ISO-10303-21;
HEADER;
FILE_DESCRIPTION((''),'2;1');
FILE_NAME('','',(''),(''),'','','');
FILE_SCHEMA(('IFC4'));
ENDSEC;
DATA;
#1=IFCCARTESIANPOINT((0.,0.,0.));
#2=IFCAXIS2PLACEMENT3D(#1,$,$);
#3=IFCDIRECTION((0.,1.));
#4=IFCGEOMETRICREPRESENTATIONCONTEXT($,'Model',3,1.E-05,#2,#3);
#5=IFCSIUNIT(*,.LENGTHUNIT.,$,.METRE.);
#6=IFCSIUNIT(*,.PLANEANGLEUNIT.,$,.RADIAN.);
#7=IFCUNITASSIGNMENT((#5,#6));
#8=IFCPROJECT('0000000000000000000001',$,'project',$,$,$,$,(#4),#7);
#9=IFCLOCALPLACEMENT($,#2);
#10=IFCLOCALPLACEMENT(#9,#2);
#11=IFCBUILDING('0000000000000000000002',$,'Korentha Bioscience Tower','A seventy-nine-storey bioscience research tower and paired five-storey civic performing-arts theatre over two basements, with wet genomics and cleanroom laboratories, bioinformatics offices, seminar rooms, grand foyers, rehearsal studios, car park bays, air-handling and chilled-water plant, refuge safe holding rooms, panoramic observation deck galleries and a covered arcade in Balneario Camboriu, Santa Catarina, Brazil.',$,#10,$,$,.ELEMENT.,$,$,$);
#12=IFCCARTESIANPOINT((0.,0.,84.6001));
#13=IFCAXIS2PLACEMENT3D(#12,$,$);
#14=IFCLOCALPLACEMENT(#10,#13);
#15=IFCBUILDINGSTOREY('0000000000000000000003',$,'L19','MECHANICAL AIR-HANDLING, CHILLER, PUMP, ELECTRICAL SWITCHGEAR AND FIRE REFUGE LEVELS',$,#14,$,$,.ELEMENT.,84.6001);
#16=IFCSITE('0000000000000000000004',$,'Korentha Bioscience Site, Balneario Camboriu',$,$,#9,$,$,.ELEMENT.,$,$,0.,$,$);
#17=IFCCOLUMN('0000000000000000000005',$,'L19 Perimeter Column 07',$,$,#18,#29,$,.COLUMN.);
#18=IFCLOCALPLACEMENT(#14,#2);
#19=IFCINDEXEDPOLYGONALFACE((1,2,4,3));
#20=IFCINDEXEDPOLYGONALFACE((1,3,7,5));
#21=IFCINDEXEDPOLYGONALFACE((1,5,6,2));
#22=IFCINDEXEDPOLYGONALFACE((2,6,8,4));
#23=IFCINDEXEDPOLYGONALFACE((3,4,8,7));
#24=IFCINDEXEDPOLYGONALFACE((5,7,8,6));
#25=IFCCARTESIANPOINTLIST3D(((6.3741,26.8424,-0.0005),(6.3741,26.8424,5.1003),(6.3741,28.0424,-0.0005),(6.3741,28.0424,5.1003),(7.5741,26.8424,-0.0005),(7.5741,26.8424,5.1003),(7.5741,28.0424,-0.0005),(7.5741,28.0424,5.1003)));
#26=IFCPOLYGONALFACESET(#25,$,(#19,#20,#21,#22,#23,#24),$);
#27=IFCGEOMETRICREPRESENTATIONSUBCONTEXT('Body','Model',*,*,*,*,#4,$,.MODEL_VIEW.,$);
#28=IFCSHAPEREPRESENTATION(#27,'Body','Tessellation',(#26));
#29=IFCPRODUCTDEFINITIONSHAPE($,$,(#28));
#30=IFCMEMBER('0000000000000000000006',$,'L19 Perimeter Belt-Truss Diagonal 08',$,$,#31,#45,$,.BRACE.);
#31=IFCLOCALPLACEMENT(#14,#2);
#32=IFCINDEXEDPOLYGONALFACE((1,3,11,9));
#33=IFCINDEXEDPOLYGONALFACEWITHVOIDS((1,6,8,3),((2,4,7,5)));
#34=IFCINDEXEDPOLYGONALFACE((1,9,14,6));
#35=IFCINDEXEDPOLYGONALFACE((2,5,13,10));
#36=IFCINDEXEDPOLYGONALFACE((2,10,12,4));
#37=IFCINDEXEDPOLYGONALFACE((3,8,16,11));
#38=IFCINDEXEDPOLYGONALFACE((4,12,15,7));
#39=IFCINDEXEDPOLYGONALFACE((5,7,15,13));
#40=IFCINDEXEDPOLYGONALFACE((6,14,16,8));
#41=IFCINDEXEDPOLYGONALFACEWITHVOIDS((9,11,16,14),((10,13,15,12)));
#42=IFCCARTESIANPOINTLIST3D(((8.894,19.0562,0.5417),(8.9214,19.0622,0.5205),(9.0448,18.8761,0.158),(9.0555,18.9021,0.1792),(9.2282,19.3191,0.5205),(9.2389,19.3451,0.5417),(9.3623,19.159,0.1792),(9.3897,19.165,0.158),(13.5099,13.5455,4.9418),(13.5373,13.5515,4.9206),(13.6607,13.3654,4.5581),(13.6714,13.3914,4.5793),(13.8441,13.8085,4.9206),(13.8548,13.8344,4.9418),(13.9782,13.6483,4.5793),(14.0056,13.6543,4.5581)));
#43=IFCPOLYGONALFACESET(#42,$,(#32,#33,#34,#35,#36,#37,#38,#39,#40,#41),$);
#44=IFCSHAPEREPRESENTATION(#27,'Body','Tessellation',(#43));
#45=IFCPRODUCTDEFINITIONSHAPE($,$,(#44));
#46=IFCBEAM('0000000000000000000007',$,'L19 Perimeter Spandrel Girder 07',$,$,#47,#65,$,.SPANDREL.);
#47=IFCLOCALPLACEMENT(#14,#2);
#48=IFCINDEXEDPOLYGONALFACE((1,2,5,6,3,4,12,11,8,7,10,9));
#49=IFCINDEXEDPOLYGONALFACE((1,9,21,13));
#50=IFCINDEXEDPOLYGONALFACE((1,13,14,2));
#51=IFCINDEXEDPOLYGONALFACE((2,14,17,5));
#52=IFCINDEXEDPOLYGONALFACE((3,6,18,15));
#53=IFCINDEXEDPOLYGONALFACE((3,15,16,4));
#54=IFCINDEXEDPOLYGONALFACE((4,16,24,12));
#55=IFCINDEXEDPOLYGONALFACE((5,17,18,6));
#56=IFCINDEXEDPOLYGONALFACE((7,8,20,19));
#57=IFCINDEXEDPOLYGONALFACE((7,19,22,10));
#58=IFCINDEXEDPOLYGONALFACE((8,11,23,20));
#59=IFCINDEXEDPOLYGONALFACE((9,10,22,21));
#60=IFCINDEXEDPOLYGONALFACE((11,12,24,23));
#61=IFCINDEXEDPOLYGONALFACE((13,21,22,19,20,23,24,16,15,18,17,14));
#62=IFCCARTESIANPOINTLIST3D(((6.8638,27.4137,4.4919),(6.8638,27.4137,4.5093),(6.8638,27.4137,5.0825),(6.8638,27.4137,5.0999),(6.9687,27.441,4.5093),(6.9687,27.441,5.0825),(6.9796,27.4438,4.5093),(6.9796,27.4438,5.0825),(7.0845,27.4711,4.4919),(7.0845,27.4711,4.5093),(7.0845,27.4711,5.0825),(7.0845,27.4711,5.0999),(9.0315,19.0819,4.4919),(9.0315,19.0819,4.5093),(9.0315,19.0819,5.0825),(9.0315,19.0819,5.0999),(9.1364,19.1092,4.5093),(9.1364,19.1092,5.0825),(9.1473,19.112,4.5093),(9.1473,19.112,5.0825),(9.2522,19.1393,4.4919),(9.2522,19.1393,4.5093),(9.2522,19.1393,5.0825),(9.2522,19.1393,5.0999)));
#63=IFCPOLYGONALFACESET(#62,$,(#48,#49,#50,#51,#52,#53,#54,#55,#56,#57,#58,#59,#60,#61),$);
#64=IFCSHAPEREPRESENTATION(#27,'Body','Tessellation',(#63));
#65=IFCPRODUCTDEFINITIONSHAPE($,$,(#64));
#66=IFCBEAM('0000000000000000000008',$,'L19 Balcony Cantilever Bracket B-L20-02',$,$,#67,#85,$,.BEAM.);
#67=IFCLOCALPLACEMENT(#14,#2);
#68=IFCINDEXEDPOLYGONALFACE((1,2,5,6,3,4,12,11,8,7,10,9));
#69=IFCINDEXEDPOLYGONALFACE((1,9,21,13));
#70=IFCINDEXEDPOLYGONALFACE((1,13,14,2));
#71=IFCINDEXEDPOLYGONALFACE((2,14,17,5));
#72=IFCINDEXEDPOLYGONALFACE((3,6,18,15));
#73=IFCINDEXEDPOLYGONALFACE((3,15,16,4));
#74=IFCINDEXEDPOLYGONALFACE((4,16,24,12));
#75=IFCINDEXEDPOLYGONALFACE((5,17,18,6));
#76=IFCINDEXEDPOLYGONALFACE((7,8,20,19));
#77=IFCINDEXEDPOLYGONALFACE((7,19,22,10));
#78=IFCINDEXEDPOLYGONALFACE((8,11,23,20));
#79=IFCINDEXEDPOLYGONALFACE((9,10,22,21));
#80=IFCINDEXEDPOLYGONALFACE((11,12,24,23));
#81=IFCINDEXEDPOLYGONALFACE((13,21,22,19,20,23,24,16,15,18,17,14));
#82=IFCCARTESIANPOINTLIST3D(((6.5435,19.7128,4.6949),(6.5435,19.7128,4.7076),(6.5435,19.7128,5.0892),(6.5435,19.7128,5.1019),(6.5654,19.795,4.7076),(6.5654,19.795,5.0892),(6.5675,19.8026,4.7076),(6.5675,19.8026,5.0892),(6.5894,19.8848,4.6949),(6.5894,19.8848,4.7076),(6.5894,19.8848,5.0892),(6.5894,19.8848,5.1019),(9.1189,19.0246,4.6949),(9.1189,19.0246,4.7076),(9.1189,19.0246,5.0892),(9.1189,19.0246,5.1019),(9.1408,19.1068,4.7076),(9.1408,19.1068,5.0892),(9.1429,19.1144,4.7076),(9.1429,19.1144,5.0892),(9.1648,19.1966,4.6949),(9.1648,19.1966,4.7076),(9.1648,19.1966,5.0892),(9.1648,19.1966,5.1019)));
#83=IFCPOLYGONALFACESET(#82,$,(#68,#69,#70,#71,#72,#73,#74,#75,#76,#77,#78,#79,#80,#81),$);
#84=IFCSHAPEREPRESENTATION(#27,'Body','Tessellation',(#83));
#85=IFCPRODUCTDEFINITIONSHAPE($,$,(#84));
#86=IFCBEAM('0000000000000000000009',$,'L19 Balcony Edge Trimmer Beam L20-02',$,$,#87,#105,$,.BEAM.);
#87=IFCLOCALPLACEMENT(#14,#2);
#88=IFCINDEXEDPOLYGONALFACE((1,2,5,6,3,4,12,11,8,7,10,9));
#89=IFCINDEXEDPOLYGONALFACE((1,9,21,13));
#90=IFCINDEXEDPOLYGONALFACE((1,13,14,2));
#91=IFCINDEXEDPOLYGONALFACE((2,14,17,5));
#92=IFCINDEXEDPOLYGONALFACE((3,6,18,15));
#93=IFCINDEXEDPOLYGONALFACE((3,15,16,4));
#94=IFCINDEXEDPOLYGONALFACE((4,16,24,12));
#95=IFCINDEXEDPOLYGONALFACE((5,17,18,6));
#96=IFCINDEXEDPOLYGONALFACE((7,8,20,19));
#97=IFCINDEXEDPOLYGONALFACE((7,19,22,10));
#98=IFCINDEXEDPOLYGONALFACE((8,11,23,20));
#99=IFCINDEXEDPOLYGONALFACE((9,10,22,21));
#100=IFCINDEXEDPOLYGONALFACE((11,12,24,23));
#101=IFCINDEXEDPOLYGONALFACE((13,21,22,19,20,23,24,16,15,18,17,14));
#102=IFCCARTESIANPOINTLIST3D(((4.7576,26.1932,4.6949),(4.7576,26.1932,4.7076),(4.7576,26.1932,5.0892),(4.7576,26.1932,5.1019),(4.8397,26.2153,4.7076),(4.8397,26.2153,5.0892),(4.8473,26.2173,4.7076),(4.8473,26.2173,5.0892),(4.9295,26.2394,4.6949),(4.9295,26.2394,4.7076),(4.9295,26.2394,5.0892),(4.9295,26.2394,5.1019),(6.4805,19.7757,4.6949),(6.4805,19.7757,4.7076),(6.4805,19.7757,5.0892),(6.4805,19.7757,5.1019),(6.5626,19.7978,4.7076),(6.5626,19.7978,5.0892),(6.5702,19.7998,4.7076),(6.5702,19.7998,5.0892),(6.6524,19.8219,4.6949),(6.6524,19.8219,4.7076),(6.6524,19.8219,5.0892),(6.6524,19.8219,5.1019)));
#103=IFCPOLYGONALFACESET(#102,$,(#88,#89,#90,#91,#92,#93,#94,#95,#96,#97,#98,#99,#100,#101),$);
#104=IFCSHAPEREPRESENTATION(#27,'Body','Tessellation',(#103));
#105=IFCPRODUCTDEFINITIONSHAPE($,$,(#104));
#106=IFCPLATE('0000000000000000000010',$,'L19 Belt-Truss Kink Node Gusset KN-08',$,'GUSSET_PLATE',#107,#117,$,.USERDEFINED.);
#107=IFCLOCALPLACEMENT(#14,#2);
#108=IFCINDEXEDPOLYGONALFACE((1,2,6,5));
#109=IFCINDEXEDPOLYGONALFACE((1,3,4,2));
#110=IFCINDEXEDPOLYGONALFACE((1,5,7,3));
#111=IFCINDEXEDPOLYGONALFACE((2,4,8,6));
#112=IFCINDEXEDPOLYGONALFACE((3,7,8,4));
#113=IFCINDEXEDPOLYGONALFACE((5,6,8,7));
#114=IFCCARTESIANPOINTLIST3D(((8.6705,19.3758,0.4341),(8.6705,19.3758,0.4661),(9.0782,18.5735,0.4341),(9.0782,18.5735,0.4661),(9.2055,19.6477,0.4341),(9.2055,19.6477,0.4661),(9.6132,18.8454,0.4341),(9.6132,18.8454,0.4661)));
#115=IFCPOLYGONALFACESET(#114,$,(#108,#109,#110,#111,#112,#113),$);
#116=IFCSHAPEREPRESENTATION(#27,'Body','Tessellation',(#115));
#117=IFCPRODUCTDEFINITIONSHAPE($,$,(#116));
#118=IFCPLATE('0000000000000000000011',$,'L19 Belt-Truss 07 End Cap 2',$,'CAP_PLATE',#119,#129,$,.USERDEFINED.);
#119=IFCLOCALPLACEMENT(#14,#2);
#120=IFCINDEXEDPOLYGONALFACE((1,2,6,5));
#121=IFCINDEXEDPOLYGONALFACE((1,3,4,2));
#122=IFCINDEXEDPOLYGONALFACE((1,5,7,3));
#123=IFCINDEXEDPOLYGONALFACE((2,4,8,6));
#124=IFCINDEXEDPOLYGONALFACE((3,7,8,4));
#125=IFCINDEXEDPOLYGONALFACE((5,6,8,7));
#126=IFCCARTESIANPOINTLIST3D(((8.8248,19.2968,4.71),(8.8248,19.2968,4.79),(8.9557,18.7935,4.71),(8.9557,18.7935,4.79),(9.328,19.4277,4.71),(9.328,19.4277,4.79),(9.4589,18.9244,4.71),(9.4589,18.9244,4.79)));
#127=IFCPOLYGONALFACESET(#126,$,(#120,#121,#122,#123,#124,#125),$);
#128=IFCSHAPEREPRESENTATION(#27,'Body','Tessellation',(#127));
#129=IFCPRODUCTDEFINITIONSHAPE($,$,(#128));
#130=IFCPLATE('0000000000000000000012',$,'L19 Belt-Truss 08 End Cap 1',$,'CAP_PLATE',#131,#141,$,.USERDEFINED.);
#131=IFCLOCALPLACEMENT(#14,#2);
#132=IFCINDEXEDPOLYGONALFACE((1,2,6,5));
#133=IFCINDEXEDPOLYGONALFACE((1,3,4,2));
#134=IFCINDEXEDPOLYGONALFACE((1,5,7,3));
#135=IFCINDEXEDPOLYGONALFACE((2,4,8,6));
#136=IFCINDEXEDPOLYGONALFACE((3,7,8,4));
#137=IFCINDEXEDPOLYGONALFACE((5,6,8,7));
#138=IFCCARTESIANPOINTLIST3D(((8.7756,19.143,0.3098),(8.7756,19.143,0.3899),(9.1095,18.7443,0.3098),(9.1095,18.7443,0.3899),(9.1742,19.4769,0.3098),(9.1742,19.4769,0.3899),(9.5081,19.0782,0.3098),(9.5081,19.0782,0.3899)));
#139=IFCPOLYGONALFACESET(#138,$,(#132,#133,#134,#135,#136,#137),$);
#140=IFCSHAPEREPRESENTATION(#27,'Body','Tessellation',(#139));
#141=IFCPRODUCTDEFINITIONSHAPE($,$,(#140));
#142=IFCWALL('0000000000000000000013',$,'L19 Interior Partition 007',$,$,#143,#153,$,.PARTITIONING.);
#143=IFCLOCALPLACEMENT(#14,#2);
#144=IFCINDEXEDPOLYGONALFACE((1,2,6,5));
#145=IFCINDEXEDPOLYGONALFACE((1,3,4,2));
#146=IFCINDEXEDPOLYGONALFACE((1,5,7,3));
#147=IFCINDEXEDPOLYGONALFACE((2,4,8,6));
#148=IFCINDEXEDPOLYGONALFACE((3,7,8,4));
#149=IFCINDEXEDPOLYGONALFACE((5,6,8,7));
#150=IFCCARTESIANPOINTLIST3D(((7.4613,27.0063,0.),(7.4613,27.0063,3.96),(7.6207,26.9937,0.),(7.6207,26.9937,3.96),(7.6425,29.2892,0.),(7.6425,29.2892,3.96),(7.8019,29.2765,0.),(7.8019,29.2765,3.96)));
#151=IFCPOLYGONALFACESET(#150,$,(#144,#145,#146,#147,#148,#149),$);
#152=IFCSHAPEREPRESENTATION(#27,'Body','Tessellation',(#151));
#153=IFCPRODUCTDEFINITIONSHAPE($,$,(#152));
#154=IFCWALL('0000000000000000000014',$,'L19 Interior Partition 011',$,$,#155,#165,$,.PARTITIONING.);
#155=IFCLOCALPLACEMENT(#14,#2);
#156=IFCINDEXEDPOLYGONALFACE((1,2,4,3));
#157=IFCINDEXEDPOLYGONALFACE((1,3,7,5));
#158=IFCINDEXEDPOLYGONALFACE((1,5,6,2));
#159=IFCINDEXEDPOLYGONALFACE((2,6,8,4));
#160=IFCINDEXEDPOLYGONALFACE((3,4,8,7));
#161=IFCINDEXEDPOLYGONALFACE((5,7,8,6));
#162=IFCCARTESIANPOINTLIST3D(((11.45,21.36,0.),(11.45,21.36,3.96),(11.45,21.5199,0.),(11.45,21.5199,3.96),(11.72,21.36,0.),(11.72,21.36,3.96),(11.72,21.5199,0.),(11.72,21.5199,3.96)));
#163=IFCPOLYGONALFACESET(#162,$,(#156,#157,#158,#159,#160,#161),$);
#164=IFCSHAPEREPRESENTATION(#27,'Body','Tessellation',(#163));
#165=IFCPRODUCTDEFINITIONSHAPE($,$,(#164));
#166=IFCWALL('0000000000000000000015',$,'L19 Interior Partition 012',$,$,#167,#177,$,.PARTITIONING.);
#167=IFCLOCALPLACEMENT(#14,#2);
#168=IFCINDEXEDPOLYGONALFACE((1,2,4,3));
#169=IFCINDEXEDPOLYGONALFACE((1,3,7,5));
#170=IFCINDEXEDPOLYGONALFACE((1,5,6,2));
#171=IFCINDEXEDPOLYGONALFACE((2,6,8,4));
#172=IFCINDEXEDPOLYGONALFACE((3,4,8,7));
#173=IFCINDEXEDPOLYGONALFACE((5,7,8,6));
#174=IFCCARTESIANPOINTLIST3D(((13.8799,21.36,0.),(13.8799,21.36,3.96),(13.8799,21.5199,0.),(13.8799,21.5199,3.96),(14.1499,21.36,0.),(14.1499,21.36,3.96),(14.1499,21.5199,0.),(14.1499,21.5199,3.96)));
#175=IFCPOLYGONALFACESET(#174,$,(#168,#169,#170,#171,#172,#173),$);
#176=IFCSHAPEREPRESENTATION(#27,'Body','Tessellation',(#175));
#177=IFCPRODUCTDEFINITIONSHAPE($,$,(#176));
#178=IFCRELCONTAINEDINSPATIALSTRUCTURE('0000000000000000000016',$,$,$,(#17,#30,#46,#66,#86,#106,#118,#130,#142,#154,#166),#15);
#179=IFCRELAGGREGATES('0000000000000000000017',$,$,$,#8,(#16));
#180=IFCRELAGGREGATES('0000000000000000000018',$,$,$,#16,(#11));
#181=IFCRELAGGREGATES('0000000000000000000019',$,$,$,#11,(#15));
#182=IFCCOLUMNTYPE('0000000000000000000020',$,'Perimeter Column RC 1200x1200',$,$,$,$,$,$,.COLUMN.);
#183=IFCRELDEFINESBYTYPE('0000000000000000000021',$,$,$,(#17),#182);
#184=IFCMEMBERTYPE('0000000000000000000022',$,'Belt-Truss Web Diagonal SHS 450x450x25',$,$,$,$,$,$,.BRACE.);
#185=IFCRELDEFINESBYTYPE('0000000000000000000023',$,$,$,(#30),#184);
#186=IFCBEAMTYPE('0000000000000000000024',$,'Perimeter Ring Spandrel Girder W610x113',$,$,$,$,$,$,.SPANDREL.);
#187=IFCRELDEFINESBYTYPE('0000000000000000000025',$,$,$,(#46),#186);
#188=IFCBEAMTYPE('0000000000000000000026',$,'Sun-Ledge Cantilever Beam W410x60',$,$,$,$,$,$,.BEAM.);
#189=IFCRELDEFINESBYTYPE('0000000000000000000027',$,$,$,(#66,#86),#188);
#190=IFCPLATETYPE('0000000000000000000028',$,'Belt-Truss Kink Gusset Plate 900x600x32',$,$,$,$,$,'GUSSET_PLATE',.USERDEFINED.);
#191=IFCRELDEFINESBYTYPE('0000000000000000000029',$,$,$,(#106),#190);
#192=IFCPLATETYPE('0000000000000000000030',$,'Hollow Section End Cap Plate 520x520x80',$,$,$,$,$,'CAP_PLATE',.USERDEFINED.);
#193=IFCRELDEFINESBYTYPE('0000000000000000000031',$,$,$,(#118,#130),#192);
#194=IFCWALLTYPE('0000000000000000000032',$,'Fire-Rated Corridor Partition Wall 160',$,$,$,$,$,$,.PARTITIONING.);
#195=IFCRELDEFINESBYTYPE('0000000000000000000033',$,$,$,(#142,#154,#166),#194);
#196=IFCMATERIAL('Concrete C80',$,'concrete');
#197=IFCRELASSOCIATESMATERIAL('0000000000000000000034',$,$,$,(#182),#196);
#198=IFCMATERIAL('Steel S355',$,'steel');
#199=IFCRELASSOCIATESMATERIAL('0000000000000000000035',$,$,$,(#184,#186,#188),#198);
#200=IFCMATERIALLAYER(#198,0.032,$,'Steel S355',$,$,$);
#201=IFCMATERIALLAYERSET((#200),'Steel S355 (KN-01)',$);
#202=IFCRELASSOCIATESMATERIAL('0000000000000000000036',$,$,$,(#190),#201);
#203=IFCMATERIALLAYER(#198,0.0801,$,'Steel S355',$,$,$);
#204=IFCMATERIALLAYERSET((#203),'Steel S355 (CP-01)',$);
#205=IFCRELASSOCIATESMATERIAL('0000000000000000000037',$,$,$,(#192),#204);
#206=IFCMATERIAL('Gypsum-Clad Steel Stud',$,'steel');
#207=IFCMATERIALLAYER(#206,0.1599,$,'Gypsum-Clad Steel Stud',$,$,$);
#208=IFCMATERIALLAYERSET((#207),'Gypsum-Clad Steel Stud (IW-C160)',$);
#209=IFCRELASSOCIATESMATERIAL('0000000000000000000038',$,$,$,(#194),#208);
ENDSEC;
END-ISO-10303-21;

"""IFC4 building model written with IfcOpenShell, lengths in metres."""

from ifc_helpers import new_model, si_unit, direction, frame, frame_2d, origin, origin_2d, place, context, subcontext, project, spatial, rectangle, hollow_rectangle, i_section, extrude, material, layer, layer_set, material_profile, profile_set, type_object, element, save


model = new_model("IFC4")

# Units and contexts
model_context = context("Model", 3, precision=1e-05, world=origin(), true_north=direction((0.0, 1.0)))
body_context = subcontext(model_context, "Body", "Model", "MODEL_VIEW")
ifc_project = project(units=[si_unit("LENGTHUNIT", "METRE"), si_unit("PLANEANGLEUNIT", "RADIAN")], contexts=[model_context])

# Site, building, storey
site_placement = place(None, origin())
site = spatial("IfcSite", under=ifc_project, at=site_placement, Name="Korentha Bioscience Site, Balneario Camboriu", CompositionType="ELEMENT", RefElevation=0.0)
building_placement = place(site_placement, origin())
building = spatial("IfcBuilding", under=site, at=building_placement, Name="Korentha Bioscience Tower", Description="A seventy-nine-storey bioscience research tower and paired five-storey civic performing-arts theatre over two basements, with wet genomics and cleanroom laboratories, bioinformatics offices, seminar rooms, grand foyers, rehearsal studios, car park bays, air-handling and chilled-water plant, refuge safe holding rooms, panoramic observation deck galleries and a covered arcade in Balneario Camboriu, Santa Catarina, Brazil.", CompositionType="ELEMENT")
storey_placement = place(building_placement, frame((0.0, 0.0, 84.6001)))
storey = spatial("IfcBuildingStorey", under=building, at=storey_placement, Name="L19", Description="MECHANICAL AIR-HANDLING, CHILLER, PUMP, ELECTRICAL SWITCHGEAR AND FIRE REFUGE LEVELS", CompositionType="ELEMENT", Elevation=84.6001)

# Column
ifc_material_1 = material(Name="Concrete C80", Category="concrete")
ifc_material_profile_1 = material_profile(ifc_material_1, rectangle(XDim=1.2, YDim=1.2, at=origin_2d()), Name="Concrete C80")
ifc_profile_set_1 = profile_set([ifc_material_profile_1], Name="Concrete C80 (COL-P12)")
column_type = type_object("IfcColumnType", Name="Perimeter Column RC 1200x1200", PredefinedType="COLUMN", material=ifc_profile_set_1)
column_placement = place(storey_placement, frame((6.9741, 27.4424, -0.0005), z_axis=(0.0, 0.0, 1.0), x_axis=(0.0, 1.0, 0.0)))
element("IfcColumn", 1, at=column_placement, inside=storey, type_object=column_type, Name="L19 Perimeter Column 07", PredefinedType="COLUMN", context=body_context, shape_type="SweptSolid", body=[
    extrude(rectangle(XDim=1.2, YDim=1.2, at=origin_2d()), origin(), (0.0, 0.0, 1.0), 5.1008),
])

# Member
ifc_material_2 = material(Name="Steel S355", Category="steel")
ifc_material_profile_2 = material_profile(ifc_material_2, hollow_rectangle(XDim=0.45, YDim=0.45, WallThickness=0.0249, at=origin_2d()), Name="Steel S355")
ifc_profile_set_2 = profile_set([ifc_material_profile_2], Name="Steel S355 (BT-D450)")
member_type = type_object("IfcMemberType", Name="Belt-Truss Web Diagonal SHS 450x450x25", PredefinedType="BRACE", material=ifc_profile_set_2)
member_placement = place(storey_placement, frame((9.1418, 19.1106, 0.3499), z_axis=(0.547673, -0.653836, 0.522066), x_axis=(0.766599, 0.642127, 0.0)))
element("IfcMember", 2, at=member_placement, inside=storey, type_object=member_type, Name="L19 Perimeter Belt-Truss Diagonal 08", PredefinedType="BRACE", context=body_context, shape_type="SweptSolid", body=[
    extrude(hollow_rectangle(XDim=0.45, YDim=0.45, WallThickness=0.0249, at=origin_2d()), origin(), (0.0, 0.0, 1.0), 8.4282),
])

# Beams
ifc_material_profile_3 = material_profile(ifc_material_2, i_section(OverallWidth=0.228, OverallDepth=0.6079, WebThickness=0.0112, FlangeThickness=0.0173, at=origin_2d()), Name="Steel S355")
ifc_profile_set_3 = profile_set([ifc_material_profile_3], Name="Steel S355 (SB-610)")
beam_type_1 = type_object("IfcBeamType", Name="Perimeter Ring Spandrel Girder W610x113", PredefinedType="SPANDREL", material=ifc_profile_set_3)
beam_1_placement = place(storey_placement, frame((6.9741, 27.4424, 4.7959), z_axis=(0.251793, -0.967781, 0.0), x_axis=(0.967781, 0.251793, 0.0)))
element("IfcBeam", 3, at=beam_1_placement, inside=storey, type_object=beam_type_1, Name="L19 Perimeter Spandrel Girder 07", PredefinedType="SPANDREL", context=body_context, shape_type="SweptSolid", body=[
    extrude(i_section(OverallWidth=0.228, OverallDepth=0.6079, WebThickness=0.0112, FlangeThickness=0.0173, at=origin_2d()), origin(), (0.0, 0.0, 1.0), 8.6091),
])
ifc_material_profile_4 = material_profile(ifc_material_2, i_section(OverallWidth=0.178, OverallDepth=0.407, WebThickness=0.0078, FlangeThickness=0.0127, at=origin_2d()), Name="Steel S355")
ifc_profile_set_4 = profile_set([ifc_material_profile_4], Name="Steel S355 (CB-410)")
beam_type_2 = type_object("IfcBeamType", Name="Sun-Ledge Cantilever Beam W410x60", PredefinedType="BEAM", material=ifc_profile_set_4)
beam_2_placement = place(storey_placement, frame((9.1418, 19.1106, 4.8984), z_axis=(-0.9661, 0.25817, 0.0), x_axis=(-0.25817, -0.9661, 0.0)))
element("IfcBeam", 4, at=beam_2_placement, inside=storey, type_object=beam_type_2, Name="L19 Balcony Cantilever Bracket B-L20-02", PredefinedType="BEAM", context=body_context, shape_type="SweptSolid", body=[
    extrude(i_section(OverallWidth=0.178, OverallDepth=0.407, WebThickness=0.0078, FlangeThickness=0.0127, at=origin_2d()), origin(), (0.0, 0.0, 1.0), 2.6658),
])
beam_3_placement = place(storey_placement, frame((4.8435, 26.2163, 4.8984), z_axis=(0.259288, -0.9658, 0.0), x_axis=(0.9658, 0.259288, 0.0)))
element("IfcBeam", 5, at=beam_3_placement, inside=storey, type_object=beam_type_2, Name="L19 Balcony Edge Trimmer Beam L20-02", PredefinedType="BEAM", context=body_context, shape_type="SweptSolid", body=[
    extrude(i_section(OverallWidth=0.178, OverallDepth=0.407, WebThickness=0.0078, FlangeThickness=0.0127, at=origin_2d()), origin(), (0.0, 0.0, 1.0), 6.6448),
])

# Plates
ifc_layer_1 = layer(ifc_material_2, 0.032, Name="Steel S355")
ifc_layer_set_1 = layer_set([ifc_layer_1], Name="Steel S355 (KN-01)")
plate_type_1 = type_object("IfcPlateType", Name="Belt-Truss Kink Gusset Plate 900x600x32", ElementType="GUSSET_PLATE", PredefinedType="USERDEFINED", material=ifc_layer_set_1)
plate_placement = place(storey_placement, frame((9.1418, 19.1106, 0.4341), z_axis=(0.0, 0.0, 1.0), x_axis=(-0.453057, 0.891481, 0.0)))
element("IfcPlate", 6, at=plate_placement, inside=storey, type_object=plate_type_1, Name="L19 Belt-Truss Kink Node Gusset KN-08", ObjectType="GUSSET_PLATE", PredefinedType="USERDEFINED", context=body_context, shape_type="SweptSolid", body=[
    extrude(rectangle(XDim=0.8999, YDim=0.6001, at=origin_2d()), origin(), (0.0, 0.0, 1.0), 0.032),
])
ifc_layer_2 = layer(ifc_material_2, 0.0801, Name="Steel S355")
ifc_layer_set_2 = layer_set([ifc_layer_2], Name="Steel S355 (CP-01)")
plate_type_2 = type_object("IfcPlateType", Name="Hollow Section End Cap Plate 520x520x80", ElementType="CAP_PLATE", PredefinedType="USERDEFINED", material=ifc_layer_set_2)
for number, where, z_axis, x_axis, name in (
    (7, (9.1418, 19.1106, 4.71), (0.0, 0.0, 1.0), (-0.251732, 0.967797, 0.0), "L19 Belt-Truss 07 End Cap 2"),
    (8, (9.1418, 19.1106, 0.3098), (0.0, 0.0, 1.0), (-0.642119, 0.766605, 0.0), "L19 Belt-Truss 08 End Cap 1"),
):
    element("IfcPlate", number, at=place(storey_placement, frame(where, z_axis=z_axis, x_axis=x_axis)), inside=storey, type_object=plate_type_2, Name=name, ObjectType="CAP_PLATE", PredefinedType="USERDEFINED", context=body_context, shape_type="SweptSolid", body=[
        extrude(rectangle(XDim=0.52, YDim=0.52, at=origin_2d()), origin(), (0.0, 0.0, 1.0), 0.0801),
    ])

# Walls
ifc_material_3 = material(Name="Gypsum-Clad Steel Stud", Category="steel")
ifc_layer_3 = layer(ifc_material_3, 0.1599, Name="Gypsum-Clad Steel Stud")
ifc_layer_set_3 = layer_set([ifc_layer_3], Name="Gypsum-Clad Steel Stud (IW-C160)")
wall_type_1 = type_object("IfcWallType", Name="Fire-Rated Corridor Partition Wall 160", PredefinedType="PARTITIONING", material=ifc_layer_set_3)
wall_1_placement = place(storey_placement, frame((7.541, 27.0, 0.0), z_axis=(0.0, 0.0, 1.0), x_axis=(0.079101, 0.996867, 0.0)))
element("IfcWall", 9, at=wall_1_placement, inside=storey, type_object=wall_type_1, Name="L19 Interior Partition 007", PredefinedType="PARTITIONING", context=body_context, shape_type="SweptSolid", body=[
    extrude(rectangle(XDim=2.29, YDim=0.1599, at=frame_2d((1.145, 0.0))), origin(), (0.0, 0.0, 1.0), 3.96),
])
for number, where, z_axis, x_axis, name in (
    (10, (11.45, 21.4399, 0.0), (0.0, 0.0, 1.0), (1.0, 0.0, 0.0), "L19 Interior Partition 011"),
    (11, (13.8799, 21.4399, 0.0), (0.0, 0.0, 1.0), (1.0, 0.0, 0.0), "L19 Interior Partition 012"),
):
    element("IfcWall", number, at=place(storey_placement, frame(where, z_axis=z_axis, x_axis=x_axis)), inside=storey, type_object=wall_type_1, Name=name, PredefinedType="PARTITIONING", context=body_context, shape_type="SweptSolid", body=[
        extrude(rectangle(XDim=0.27, YDim=0.1599, at=frame_2d((0.135, 0.0))), origin(), (0.0, 0.0, 1.0), 3.96),
    ])

save(model, "model.ifc")
